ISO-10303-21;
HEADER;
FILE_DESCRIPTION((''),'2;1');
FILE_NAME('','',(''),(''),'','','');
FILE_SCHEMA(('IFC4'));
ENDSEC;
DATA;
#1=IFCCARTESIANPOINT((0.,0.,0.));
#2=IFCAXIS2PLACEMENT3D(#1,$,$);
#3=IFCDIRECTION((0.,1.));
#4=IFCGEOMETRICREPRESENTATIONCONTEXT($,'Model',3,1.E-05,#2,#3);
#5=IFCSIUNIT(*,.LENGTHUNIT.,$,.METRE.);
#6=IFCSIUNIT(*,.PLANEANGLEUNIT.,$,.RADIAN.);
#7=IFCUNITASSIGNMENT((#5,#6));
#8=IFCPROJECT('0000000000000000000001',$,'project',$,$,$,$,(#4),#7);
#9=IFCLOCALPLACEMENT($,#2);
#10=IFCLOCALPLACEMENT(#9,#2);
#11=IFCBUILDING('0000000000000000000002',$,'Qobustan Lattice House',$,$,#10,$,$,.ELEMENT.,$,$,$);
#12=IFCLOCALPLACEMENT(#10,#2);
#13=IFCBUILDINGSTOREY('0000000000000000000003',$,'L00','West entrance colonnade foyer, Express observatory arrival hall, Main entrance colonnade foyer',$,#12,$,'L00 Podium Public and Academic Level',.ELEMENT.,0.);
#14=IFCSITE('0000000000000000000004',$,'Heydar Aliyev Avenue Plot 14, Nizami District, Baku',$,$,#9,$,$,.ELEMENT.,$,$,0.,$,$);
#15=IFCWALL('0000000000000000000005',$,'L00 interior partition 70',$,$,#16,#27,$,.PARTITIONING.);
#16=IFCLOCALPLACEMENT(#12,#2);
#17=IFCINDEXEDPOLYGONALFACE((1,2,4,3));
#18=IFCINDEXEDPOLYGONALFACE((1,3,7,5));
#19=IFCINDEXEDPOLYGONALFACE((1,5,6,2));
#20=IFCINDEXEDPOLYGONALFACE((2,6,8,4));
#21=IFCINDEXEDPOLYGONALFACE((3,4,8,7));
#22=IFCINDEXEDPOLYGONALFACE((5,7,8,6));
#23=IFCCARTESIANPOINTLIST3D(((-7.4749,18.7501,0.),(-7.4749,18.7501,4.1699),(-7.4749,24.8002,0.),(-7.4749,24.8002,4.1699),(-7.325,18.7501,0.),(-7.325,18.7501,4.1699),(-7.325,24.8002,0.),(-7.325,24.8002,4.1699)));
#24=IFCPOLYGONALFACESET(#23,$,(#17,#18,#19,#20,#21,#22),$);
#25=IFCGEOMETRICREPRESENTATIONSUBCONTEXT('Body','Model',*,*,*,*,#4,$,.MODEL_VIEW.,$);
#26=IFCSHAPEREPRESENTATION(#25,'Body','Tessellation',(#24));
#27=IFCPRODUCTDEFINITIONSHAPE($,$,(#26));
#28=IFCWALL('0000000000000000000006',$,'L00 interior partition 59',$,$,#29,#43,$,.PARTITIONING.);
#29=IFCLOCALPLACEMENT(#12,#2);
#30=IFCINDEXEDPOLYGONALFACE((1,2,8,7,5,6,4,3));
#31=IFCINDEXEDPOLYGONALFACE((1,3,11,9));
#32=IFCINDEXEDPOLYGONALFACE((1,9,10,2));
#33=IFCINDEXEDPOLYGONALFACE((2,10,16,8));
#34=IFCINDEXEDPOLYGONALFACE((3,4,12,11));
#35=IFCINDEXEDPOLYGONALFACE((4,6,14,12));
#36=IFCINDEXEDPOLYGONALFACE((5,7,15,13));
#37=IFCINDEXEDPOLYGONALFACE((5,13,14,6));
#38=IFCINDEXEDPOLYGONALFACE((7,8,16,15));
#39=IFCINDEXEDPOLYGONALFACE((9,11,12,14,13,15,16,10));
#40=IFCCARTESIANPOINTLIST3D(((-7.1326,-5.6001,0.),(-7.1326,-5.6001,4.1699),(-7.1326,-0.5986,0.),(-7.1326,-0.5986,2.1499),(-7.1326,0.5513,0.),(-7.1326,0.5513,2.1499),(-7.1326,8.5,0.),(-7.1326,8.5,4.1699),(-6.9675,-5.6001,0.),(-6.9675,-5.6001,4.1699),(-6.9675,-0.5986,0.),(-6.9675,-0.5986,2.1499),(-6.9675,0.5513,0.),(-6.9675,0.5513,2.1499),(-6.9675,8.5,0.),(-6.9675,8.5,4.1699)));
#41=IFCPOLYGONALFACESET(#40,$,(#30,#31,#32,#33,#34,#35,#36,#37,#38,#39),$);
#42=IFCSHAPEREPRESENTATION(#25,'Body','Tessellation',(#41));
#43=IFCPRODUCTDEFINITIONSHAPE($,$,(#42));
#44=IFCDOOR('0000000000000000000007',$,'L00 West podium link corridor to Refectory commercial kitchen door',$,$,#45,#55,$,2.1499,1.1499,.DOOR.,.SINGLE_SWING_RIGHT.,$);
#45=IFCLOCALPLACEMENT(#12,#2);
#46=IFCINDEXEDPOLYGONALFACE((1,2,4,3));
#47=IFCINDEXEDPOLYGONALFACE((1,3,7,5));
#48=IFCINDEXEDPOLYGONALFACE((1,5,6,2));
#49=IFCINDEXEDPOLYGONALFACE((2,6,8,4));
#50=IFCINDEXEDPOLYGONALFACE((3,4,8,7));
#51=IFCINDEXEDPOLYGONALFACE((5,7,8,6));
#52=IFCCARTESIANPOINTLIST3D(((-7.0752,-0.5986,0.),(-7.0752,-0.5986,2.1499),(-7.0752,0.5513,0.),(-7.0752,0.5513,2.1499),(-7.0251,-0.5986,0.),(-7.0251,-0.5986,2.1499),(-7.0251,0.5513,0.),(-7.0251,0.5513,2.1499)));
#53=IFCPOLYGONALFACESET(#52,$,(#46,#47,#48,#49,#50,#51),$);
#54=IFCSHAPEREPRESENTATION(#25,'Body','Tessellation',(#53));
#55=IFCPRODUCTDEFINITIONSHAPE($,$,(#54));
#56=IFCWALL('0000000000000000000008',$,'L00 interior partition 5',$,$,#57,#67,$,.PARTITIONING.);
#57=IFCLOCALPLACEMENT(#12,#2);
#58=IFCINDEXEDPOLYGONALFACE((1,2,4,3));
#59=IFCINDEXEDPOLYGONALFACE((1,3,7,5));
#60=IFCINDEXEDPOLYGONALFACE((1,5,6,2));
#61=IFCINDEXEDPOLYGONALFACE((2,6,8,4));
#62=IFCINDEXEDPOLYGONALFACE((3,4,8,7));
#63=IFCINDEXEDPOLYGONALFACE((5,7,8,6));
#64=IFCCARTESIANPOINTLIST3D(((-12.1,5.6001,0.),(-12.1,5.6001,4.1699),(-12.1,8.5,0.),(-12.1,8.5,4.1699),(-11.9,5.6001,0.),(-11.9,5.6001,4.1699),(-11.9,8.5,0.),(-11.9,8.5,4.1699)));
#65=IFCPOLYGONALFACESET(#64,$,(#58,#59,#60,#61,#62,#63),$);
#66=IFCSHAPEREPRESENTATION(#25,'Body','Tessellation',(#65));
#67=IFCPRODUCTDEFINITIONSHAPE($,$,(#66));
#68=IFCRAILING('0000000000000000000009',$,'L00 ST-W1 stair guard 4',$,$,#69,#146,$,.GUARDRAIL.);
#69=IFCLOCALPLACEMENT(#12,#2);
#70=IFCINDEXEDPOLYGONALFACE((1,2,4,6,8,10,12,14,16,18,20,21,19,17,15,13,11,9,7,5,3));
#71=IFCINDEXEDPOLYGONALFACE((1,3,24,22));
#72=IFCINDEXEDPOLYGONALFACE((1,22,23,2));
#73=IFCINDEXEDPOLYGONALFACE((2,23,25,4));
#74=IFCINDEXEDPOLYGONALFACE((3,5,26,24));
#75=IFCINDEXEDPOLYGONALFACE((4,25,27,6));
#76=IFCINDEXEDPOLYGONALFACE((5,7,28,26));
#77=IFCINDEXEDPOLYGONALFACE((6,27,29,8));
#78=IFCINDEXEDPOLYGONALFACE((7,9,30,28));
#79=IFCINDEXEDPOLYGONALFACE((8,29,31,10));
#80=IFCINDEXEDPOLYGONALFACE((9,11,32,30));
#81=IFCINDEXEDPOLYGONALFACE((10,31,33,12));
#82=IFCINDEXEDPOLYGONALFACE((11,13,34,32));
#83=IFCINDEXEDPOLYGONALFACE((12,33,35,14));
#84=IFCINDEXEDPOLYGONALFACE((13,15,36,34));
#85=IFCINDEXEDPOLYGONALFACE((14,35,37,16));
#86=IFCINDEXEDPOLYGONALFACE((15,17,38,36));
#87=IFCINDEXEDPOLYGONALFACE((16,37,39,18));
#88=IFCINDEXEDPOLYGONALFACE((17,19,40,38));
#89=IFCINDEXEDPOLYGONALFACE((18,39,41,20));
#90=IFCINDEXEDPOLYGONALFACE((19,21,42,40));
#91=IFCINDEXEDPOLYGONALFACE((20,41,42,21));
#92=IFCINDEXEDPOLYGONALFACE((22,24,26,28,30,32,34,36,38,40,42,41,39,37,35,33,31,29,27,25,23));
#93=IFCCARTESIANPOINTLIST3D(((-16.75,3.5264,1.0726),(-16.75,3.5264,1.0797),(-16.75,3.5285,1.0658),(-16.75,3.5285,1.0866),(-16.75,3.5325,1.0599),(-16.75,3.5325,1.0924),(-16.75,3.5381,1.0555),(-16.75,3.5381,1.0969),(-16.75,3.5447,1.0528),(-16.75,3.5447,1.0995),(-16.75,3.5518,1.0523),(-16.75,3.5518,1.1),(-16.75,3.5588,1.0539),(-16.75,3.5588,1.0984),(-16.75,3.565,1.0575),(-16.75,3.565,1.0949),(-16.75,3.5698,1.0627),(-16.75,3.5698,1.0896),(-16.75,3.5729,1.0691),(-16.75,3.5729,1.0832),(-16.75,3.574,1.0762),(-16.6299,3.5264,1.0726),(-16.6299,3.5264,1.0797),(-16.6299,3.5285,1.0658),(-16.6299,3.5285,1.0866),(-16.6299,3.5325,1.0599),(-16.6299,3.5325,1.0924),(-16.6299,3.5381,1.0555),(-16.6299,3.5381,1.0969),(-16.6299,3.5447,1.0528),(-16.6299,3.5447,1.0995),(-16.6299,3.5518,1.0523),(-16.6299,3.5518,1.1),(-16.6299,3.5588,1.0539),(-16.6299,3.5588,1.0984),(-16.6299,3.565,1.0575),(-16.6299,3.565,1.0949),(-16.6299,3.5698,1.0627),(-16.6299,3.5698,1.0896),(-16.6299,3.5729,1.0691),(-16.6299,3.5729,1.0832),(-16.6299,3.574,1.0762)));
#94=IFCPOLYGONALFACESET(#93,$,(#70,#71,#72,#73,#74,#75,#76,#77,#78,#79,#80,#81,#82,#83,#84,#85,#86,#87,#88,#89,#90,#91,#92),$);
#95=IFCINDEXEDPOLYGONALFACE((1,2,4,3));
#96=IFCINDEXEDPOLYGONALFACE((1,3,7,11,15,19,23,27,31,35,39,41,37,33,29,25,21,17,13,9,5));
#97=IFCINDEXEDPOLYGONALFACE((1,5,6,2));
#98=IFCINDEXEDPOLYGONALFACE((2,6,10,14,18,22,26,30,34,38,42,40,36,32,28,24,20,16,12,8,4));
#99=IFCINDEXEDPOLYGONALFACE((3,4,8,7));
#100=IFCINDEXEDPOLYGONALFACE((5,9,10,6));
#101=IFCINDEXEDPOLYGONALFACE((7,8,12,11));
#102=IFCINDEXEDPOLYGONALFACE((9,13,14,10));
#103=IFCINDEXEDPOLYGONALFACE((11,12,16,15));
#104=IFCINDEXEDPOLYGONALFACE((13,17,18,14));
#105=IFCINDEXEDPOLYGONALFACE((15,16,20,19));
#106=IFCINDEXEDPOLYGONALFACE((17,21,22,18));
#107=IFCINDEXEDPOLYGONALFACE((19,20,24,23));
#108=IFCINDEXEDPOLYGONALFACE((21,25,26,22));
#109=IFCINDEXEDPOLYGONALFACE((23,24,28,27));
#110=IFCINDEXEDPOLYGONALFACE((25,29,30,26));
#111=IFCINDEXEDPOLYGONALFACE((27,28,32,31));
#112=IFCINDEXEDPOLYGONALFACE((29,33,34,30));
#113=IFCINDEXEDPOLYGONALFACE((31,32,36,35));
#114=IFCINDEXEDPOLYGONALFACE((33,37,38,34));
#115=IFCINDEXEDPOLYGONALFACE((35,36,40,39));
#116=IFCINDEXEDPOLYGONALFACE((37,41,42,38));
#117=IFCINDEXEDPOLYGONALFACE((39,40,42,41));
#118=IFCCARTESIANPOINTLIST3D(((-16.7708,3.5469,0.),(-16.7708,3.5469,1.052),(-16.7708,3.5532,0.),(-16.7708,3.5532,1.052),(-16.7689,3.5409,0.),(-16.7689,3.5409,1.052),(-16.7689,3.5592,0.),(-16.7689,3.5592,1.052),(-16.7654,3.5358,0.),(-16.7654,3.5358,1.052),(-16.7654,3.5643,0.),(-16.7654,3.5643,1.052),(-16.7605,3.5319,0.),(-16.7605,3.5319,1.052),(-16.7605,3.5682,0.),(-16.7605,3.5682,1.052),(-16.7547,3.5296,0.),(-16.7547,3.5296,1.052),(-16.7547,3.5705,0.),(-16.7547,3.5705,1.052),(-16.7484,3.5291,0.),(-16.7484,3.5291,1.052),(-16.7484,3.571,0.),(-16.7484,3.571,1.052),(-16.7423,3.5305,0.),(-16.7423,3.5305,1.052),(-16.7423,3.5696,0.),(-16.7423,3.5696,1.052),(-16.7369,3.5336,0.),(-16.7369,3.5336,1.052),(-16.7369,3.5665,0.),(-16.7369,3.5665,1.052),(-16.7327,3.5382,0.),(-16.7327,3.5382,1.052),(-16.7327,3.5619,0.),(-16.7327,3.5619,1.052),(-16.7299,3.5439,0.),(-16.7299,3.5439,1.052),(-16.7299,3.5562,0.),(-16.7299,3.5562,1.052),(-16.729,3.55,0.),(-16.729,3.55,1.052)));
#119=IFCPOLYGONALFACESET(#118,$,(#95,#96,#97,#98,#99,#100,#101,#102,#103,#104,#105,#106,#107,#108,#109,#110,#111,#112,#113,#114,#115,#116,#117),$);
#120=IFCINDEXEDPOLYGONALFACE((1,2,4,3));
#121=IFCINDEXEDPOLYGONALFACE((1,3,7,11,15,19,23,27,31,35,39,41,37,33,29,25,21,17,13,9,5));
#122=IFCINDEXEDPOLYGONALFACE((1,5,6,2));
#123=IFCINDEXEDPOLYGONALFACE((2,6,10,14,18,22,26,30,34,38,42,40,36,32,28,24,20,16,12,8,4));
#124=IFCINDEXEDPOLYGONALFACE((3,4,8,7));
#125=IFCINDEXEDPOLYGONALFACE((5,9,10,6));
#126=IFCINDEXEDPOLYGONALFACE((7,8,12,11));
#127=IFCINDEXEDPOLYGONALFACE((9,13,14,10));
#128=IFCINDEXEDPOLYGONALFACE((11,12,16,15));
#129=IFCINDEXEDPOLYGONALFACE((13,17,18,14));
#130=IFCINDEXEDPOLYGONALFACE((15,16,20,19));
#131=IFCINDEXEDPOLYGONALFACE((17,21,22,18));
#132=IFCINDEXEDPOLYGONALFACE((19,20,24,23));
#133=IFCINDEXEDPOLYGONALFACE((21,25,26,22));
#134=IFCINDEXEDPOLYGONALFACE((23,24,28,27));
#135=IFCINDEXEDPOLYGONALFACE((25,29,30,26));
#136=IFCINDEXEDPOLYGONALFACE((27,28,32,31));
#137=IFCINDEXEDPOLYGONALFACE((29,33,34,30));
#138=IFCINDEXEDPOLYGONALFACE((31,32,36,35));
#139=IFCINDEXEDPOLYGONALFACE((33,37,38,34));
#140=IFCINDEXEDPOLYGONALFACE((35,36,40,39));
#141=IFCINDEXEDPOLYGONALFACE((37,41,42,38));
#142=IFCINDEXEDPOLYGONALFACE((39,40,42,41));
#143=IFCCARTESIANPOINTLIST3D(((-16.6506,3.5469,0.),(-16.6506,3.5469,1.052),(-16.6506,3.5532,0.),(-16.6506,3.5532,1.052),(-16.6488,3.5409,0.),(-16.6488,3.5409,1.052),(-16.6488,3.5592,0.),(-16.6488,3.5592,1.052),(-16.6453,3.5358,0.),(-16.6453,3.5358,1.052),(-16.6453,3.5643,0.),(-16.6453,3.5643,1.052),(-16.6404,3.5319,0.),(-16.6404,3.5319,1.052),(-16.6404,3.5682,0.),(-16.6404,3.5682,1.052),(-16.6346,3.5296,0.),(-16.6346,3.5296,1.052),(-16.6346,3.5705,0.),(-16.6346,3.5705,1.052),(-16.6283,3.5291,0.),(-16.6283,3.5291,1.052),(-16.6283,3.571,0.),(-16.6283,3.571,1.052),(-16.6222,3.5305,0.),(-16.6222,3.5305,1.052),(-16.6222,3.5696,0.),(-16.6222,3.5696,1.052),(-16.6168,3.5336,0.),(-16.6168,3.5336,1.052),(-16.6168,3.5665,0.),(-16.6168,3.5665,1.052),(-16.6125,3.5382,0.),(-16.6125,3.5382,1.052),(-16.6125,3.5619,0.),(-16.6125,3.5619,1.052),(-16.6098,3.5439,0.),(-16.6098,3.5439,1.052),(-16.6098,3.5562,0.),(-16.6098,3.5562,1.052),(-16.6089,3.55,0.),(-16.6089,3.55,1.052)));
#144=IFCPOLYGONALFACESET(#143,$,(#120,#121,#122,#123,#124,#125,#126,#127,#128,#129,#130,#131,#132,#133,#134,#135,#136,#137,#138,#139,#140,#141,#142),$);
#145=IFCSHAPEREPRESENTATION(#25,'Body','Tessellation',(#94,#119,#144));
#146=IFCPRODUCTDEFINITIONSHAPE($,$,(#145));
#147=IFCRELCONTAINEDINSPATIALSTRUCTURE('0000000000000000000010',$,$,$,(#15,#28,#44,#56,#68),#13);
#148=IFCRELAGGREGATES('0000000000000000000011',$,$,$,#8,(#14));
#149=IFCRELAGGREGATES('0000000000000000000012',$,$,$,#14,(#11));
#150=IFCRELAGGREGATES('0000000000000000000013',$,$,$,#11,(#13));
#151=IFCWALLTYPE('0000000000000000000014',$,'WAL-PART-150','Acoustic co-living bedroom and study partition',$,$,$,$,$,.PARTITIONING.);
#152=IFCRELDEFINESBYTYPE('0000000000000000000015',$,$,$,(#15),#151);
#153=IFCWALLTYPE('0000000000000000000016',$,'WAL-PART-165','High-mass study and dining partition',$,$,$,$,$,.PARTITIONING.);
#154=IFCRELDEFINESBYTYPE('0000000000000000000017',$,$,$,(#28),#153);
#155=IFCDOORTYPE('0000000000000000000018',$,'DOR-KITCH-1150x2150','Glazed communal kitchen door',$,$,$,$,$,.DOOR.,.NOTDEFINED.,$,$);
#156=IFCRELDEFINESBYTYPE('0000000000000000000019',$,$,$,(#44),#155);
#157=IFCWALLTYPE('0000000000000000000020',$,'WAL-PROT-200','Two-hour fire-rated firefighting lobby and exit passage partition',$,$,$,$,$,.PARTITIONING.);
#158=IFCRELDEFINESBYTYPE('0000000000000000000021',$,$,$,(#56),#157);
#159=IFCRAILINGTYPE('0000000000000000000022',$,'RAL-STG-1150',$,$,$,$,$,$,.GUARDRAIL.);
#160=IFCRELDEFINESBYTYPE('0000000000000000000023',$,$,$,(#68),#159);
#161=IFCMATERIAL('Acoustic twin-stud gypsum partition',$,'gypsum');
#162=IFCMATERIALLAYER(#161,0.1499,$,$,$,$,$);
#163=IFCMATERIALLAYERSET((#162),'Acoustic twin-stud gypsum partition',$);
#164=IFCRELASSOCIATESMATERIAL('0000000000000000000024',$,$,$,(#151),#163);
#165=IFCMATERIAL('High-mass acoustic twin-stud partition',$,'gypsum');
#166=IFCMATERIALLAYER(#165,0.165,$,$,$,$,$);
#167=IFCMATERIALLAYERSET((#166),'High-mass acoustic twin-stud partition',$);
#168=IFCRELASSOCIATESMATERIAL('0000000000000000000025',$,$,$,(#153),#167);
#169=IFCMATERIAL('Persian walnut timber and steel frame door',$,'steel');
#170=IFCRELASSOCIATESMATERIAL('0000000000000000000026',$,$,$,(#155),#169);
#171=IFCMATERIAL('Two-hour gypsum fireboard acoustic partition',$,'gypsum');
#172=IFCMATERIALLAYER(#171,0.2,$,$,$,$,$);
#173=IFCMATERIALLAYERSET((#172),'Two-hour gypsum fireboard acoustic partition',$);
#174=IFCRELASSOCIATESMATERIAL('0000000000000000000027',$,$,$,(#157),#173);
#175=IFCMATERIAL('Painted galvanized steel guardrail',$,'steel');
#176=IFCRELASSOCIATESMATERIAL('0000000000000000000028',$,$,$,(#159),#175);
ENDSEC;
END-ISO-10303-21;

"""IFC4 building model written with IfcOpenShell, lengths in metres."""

from ifc_helpers import new_model, si_unit, direction, frame, frame_2d, origin, origin_2d, place, context, subcontext, project, spatial, rectangle, circle, extrude, material, layer, layer_set, type_object, element, fill, save


model = new_model("IFC4")

# Units and contexts
model_context = context("Model", 3, precision=1e-05, world=origin(), true_north=direction((0.0, 1.0)))
body_context = subcontext(model_context, "Body", "Model", "MODEL_VIEW")
ifc_project = project(units=[si_unit("LENGTHUNIT", "METRE"), si_unit("PLANEANGLEUNIT", "RADIAN")], contexts=[model_context])

# Site, building, storey
site_placement = place(None, origin())
site = spatial("IfcSite", under=ifc_project, at=site_placement, Name="Heydar Aliyev Avenue Plot 14, Nizami District, Baku", CompositionType="ELEMENT", RefElevation=0.0)
building_placement = place(site_placement, origin())
building = spatial("IfcBuilding", under=site, at=building_placement, Name="Qobustan Lattice House", CompositionType="ELEMENT")
storey_placement = place(building_placement, origin())
storey = spatial("IfcBuildingStorey", under=building, at=storey_placement, Name="L00", Description="West entrance colonnade foyer, Express observatory arrival hall, Main entrance colonnade foyer", LongName="L00 Podium Public and Academic Level", CompositionType="ELEMENT", Elevation=0.0)

# Shared definitions
ifc_material_1 = material(Name="Acoustic twin-stud gypsum partition", Category="gypsum")
ifc_layer_1 = layer(ifc_material_1, 0.1499)
ifc_layer_set_1 = layer_set([ifc_layer_1], Name="Acoustic twin-stud gypsum partition")
wall_type_1 = type_object("IfcWallType", Name="WAL-PART-150", Description="Acoustic co-living bedroom and study partition", PredefinedType="PARTITIONING", material=ifc_layer_set_1)

# Wall
wall_1_placement = place(storey_placement, frame((-7.3999, 24.8, 0.0), z_axis=(0.0, 0.0, 1.0), x_axis=(0.0, -1.0, 0.0)))
element("IfcWall", 1, at=wall_1_placement, inside=storey, type_object=wall_type_1, Name="L00 interior partition 70", PredefinedType="PARTITIONING", context=body_context, shape_type="SweptSolid", body=[
    extrude(rectangle(XDim=6.05, YDim=0.1499, at=frame_2d((3.0249, 0.0))), origin(), (0.0, 0.0, 1.0), 4.1699),
])

# Wall, opening, door
ifc_material_2 = material(Name="High-mass acoustic twin-stud partition", Category="gypsum")
ifc_layer_2 = layer(ifc_material_2, 0.165)
ifc_layer_set_2 = layer_set([ifc_layer_2], Name="High-mass acoustic twin-stud partition")
wall_type_2 = type_object("IfcWallType", Name="WAL-PART-165", Description="High-mass study and dining partition", PredefinedType="PARTITIONING", material=ifc_layer_set_2)
wall_2_placement = place(storey_placement, frame((-7.05, 8.5, 0.0), z_axis=(0.0, 0.0, 1.0), x_axis=(0.0, -1.0, 0.0)))
wall_2 = element("IfcWall", 2, at=wall_2_placement, inside=storey, type_object=wall_type_2, Name="L00 interior partition 59", PredefinedType="PARTITIONING", context=body_context, shape_type="SweptSolid", body=[
    extrude(rectangle(XDim=14.1001, YDim=0.165, at=frame_2d((7.05, 0.0))), origin(), (0.0, 0.0, 1.0), 4.1699),
])
opening_1_placement = place(wall_2_placement, frame((7.9487, 0.0, 0.0)))
opening_1 = element("IfcOpeningElement", 3, at=opening_1_placement, cuts=wall_2, PredefinedType="OPENING", context=body_context, shape_type="SweptSolid", body=[
    extrude(rectangle(XDim=1.1499, YDim=2.1499, at=frame_2d((0.575, 1.075))), frame((0.0, 0.0925, 0.0), z_axis=(0.0, -1.0, 0.0), x_axis=(1.0, 0.0, 0.0)), (0.0, 0.0, 1.0), 0.1851),
])
ifc_material_3 = material(Name="Persian walnut timber and steel frame door", Category="steel")
door_type_1 = type_object("IfcDoorType", Name="DOR-KITCH-1150x2150", Description="Glazed communal kitchen door", OperationType="NOTDEFINED", PredefinedType="DOOR", material=ifc_material_3)
door_1_placement = place(opening_1_placement, origin())
door_1 = element("IfcDoor", 4, at=door_1_placement, inside=storey, type_object=door_type_1, Name="L00 West podium link corridor to Refectory commercial kitchen door", OperationType="SINGLE_SWING_RIGHT", OverallHeight=2.1499, OverallWidth=1.1499, PredefinedType="DOOR", context=body_context, shape_type="SweptSolid", body=[
    extrude(rectangle(XDim=1.1499, YDim=2.1499, at=frame_2d((0.575, 1.075))), frame((0.0, 0.0249, 0.0), z_axis=(0.0, -1.0, 0.0), x_axis=(1.0, 0.0, 0.0)), (0.0, 0.0, 1.0), 0.05),
])
fill(opening_1, door_1)
ifc_material_4 = material(Name="Two-hour gypsum fireboard acoustic partition", Category="gypsum")
ifc_layer_3 = layer(ifc_material_4, 0.2)
ifc_layer_set_3 = layer_set([ifc_layer_3], Name="Two-hour gypsum fireboard acoustic partition")
wall_type_3 = type_object("IfcWallType", Name="WAL-PROT-200", Description="Two-hour fire-rated firefighting lobby and exit passage partition", PredefinedType="PARTITIONING", material=ifc_layer_set_3)

# Wall
wall_3_placement = place(storey_placement, frame((-12.0, 5.6001, 0.0), z_axis=(0.0, 0.0, 1.0), x_axis=(0.0, 1.0, 0.0)))
element("IfcWall", 5, at=wall_3_placement, inside=storey, type_object=wall_type_3, Name="L00 interior partition 5", PredefinedType="PARTITIONING", context=body_context, shape_type="SweptSolid", body=[
    extrude(rectangle(XDim=2.8999, YDim=0.2, at=frame_2d((1.45, 0.0))), origin(), (0.0, 0.0, 1.0), 4.1699),
])

# Railing
ifc_material_5 = material(Name="Painted galvanized steel guardrail", Category="steel")
railing_type = type_object("IfcRailingType", Name="RAL-STG-1150", PredefinedType="GUARDRAIL", material=ifc_material_5)
railing_placement = place(storey_placement, frame((-16.75, 3.55, 0.0)))
element("IfcRailing", 6, at=railing_placement, inside=storey, type_object=railing_type, Name="L00 ST-W1 stair guard 4", PredefinedType="GUARDRAIL", context=body_context, shape_type="SweptSolid", body=[
    extrude(circle(Radius=0.0239, at=origin_2d()), frame((0.0, 0.0, 1.0762), z_axis=(1.0, 0.0, 0.0), x_axis=(0.0, 1.0, 0.0)), (0.0, 0.0, 1.0), 0.1201),
    extrude(circle(Radius=0.021, at=origin_2d()), origin(), (0.0, 0.0, 1.0), 1.052),
    extrude(circle(Radius=0.021, at=origin_2d()), frame((0.1201, 0.0, 0.0)), (0.0, 0.0, 1.0), 1.052),
])

save(model, "model.ifc")
